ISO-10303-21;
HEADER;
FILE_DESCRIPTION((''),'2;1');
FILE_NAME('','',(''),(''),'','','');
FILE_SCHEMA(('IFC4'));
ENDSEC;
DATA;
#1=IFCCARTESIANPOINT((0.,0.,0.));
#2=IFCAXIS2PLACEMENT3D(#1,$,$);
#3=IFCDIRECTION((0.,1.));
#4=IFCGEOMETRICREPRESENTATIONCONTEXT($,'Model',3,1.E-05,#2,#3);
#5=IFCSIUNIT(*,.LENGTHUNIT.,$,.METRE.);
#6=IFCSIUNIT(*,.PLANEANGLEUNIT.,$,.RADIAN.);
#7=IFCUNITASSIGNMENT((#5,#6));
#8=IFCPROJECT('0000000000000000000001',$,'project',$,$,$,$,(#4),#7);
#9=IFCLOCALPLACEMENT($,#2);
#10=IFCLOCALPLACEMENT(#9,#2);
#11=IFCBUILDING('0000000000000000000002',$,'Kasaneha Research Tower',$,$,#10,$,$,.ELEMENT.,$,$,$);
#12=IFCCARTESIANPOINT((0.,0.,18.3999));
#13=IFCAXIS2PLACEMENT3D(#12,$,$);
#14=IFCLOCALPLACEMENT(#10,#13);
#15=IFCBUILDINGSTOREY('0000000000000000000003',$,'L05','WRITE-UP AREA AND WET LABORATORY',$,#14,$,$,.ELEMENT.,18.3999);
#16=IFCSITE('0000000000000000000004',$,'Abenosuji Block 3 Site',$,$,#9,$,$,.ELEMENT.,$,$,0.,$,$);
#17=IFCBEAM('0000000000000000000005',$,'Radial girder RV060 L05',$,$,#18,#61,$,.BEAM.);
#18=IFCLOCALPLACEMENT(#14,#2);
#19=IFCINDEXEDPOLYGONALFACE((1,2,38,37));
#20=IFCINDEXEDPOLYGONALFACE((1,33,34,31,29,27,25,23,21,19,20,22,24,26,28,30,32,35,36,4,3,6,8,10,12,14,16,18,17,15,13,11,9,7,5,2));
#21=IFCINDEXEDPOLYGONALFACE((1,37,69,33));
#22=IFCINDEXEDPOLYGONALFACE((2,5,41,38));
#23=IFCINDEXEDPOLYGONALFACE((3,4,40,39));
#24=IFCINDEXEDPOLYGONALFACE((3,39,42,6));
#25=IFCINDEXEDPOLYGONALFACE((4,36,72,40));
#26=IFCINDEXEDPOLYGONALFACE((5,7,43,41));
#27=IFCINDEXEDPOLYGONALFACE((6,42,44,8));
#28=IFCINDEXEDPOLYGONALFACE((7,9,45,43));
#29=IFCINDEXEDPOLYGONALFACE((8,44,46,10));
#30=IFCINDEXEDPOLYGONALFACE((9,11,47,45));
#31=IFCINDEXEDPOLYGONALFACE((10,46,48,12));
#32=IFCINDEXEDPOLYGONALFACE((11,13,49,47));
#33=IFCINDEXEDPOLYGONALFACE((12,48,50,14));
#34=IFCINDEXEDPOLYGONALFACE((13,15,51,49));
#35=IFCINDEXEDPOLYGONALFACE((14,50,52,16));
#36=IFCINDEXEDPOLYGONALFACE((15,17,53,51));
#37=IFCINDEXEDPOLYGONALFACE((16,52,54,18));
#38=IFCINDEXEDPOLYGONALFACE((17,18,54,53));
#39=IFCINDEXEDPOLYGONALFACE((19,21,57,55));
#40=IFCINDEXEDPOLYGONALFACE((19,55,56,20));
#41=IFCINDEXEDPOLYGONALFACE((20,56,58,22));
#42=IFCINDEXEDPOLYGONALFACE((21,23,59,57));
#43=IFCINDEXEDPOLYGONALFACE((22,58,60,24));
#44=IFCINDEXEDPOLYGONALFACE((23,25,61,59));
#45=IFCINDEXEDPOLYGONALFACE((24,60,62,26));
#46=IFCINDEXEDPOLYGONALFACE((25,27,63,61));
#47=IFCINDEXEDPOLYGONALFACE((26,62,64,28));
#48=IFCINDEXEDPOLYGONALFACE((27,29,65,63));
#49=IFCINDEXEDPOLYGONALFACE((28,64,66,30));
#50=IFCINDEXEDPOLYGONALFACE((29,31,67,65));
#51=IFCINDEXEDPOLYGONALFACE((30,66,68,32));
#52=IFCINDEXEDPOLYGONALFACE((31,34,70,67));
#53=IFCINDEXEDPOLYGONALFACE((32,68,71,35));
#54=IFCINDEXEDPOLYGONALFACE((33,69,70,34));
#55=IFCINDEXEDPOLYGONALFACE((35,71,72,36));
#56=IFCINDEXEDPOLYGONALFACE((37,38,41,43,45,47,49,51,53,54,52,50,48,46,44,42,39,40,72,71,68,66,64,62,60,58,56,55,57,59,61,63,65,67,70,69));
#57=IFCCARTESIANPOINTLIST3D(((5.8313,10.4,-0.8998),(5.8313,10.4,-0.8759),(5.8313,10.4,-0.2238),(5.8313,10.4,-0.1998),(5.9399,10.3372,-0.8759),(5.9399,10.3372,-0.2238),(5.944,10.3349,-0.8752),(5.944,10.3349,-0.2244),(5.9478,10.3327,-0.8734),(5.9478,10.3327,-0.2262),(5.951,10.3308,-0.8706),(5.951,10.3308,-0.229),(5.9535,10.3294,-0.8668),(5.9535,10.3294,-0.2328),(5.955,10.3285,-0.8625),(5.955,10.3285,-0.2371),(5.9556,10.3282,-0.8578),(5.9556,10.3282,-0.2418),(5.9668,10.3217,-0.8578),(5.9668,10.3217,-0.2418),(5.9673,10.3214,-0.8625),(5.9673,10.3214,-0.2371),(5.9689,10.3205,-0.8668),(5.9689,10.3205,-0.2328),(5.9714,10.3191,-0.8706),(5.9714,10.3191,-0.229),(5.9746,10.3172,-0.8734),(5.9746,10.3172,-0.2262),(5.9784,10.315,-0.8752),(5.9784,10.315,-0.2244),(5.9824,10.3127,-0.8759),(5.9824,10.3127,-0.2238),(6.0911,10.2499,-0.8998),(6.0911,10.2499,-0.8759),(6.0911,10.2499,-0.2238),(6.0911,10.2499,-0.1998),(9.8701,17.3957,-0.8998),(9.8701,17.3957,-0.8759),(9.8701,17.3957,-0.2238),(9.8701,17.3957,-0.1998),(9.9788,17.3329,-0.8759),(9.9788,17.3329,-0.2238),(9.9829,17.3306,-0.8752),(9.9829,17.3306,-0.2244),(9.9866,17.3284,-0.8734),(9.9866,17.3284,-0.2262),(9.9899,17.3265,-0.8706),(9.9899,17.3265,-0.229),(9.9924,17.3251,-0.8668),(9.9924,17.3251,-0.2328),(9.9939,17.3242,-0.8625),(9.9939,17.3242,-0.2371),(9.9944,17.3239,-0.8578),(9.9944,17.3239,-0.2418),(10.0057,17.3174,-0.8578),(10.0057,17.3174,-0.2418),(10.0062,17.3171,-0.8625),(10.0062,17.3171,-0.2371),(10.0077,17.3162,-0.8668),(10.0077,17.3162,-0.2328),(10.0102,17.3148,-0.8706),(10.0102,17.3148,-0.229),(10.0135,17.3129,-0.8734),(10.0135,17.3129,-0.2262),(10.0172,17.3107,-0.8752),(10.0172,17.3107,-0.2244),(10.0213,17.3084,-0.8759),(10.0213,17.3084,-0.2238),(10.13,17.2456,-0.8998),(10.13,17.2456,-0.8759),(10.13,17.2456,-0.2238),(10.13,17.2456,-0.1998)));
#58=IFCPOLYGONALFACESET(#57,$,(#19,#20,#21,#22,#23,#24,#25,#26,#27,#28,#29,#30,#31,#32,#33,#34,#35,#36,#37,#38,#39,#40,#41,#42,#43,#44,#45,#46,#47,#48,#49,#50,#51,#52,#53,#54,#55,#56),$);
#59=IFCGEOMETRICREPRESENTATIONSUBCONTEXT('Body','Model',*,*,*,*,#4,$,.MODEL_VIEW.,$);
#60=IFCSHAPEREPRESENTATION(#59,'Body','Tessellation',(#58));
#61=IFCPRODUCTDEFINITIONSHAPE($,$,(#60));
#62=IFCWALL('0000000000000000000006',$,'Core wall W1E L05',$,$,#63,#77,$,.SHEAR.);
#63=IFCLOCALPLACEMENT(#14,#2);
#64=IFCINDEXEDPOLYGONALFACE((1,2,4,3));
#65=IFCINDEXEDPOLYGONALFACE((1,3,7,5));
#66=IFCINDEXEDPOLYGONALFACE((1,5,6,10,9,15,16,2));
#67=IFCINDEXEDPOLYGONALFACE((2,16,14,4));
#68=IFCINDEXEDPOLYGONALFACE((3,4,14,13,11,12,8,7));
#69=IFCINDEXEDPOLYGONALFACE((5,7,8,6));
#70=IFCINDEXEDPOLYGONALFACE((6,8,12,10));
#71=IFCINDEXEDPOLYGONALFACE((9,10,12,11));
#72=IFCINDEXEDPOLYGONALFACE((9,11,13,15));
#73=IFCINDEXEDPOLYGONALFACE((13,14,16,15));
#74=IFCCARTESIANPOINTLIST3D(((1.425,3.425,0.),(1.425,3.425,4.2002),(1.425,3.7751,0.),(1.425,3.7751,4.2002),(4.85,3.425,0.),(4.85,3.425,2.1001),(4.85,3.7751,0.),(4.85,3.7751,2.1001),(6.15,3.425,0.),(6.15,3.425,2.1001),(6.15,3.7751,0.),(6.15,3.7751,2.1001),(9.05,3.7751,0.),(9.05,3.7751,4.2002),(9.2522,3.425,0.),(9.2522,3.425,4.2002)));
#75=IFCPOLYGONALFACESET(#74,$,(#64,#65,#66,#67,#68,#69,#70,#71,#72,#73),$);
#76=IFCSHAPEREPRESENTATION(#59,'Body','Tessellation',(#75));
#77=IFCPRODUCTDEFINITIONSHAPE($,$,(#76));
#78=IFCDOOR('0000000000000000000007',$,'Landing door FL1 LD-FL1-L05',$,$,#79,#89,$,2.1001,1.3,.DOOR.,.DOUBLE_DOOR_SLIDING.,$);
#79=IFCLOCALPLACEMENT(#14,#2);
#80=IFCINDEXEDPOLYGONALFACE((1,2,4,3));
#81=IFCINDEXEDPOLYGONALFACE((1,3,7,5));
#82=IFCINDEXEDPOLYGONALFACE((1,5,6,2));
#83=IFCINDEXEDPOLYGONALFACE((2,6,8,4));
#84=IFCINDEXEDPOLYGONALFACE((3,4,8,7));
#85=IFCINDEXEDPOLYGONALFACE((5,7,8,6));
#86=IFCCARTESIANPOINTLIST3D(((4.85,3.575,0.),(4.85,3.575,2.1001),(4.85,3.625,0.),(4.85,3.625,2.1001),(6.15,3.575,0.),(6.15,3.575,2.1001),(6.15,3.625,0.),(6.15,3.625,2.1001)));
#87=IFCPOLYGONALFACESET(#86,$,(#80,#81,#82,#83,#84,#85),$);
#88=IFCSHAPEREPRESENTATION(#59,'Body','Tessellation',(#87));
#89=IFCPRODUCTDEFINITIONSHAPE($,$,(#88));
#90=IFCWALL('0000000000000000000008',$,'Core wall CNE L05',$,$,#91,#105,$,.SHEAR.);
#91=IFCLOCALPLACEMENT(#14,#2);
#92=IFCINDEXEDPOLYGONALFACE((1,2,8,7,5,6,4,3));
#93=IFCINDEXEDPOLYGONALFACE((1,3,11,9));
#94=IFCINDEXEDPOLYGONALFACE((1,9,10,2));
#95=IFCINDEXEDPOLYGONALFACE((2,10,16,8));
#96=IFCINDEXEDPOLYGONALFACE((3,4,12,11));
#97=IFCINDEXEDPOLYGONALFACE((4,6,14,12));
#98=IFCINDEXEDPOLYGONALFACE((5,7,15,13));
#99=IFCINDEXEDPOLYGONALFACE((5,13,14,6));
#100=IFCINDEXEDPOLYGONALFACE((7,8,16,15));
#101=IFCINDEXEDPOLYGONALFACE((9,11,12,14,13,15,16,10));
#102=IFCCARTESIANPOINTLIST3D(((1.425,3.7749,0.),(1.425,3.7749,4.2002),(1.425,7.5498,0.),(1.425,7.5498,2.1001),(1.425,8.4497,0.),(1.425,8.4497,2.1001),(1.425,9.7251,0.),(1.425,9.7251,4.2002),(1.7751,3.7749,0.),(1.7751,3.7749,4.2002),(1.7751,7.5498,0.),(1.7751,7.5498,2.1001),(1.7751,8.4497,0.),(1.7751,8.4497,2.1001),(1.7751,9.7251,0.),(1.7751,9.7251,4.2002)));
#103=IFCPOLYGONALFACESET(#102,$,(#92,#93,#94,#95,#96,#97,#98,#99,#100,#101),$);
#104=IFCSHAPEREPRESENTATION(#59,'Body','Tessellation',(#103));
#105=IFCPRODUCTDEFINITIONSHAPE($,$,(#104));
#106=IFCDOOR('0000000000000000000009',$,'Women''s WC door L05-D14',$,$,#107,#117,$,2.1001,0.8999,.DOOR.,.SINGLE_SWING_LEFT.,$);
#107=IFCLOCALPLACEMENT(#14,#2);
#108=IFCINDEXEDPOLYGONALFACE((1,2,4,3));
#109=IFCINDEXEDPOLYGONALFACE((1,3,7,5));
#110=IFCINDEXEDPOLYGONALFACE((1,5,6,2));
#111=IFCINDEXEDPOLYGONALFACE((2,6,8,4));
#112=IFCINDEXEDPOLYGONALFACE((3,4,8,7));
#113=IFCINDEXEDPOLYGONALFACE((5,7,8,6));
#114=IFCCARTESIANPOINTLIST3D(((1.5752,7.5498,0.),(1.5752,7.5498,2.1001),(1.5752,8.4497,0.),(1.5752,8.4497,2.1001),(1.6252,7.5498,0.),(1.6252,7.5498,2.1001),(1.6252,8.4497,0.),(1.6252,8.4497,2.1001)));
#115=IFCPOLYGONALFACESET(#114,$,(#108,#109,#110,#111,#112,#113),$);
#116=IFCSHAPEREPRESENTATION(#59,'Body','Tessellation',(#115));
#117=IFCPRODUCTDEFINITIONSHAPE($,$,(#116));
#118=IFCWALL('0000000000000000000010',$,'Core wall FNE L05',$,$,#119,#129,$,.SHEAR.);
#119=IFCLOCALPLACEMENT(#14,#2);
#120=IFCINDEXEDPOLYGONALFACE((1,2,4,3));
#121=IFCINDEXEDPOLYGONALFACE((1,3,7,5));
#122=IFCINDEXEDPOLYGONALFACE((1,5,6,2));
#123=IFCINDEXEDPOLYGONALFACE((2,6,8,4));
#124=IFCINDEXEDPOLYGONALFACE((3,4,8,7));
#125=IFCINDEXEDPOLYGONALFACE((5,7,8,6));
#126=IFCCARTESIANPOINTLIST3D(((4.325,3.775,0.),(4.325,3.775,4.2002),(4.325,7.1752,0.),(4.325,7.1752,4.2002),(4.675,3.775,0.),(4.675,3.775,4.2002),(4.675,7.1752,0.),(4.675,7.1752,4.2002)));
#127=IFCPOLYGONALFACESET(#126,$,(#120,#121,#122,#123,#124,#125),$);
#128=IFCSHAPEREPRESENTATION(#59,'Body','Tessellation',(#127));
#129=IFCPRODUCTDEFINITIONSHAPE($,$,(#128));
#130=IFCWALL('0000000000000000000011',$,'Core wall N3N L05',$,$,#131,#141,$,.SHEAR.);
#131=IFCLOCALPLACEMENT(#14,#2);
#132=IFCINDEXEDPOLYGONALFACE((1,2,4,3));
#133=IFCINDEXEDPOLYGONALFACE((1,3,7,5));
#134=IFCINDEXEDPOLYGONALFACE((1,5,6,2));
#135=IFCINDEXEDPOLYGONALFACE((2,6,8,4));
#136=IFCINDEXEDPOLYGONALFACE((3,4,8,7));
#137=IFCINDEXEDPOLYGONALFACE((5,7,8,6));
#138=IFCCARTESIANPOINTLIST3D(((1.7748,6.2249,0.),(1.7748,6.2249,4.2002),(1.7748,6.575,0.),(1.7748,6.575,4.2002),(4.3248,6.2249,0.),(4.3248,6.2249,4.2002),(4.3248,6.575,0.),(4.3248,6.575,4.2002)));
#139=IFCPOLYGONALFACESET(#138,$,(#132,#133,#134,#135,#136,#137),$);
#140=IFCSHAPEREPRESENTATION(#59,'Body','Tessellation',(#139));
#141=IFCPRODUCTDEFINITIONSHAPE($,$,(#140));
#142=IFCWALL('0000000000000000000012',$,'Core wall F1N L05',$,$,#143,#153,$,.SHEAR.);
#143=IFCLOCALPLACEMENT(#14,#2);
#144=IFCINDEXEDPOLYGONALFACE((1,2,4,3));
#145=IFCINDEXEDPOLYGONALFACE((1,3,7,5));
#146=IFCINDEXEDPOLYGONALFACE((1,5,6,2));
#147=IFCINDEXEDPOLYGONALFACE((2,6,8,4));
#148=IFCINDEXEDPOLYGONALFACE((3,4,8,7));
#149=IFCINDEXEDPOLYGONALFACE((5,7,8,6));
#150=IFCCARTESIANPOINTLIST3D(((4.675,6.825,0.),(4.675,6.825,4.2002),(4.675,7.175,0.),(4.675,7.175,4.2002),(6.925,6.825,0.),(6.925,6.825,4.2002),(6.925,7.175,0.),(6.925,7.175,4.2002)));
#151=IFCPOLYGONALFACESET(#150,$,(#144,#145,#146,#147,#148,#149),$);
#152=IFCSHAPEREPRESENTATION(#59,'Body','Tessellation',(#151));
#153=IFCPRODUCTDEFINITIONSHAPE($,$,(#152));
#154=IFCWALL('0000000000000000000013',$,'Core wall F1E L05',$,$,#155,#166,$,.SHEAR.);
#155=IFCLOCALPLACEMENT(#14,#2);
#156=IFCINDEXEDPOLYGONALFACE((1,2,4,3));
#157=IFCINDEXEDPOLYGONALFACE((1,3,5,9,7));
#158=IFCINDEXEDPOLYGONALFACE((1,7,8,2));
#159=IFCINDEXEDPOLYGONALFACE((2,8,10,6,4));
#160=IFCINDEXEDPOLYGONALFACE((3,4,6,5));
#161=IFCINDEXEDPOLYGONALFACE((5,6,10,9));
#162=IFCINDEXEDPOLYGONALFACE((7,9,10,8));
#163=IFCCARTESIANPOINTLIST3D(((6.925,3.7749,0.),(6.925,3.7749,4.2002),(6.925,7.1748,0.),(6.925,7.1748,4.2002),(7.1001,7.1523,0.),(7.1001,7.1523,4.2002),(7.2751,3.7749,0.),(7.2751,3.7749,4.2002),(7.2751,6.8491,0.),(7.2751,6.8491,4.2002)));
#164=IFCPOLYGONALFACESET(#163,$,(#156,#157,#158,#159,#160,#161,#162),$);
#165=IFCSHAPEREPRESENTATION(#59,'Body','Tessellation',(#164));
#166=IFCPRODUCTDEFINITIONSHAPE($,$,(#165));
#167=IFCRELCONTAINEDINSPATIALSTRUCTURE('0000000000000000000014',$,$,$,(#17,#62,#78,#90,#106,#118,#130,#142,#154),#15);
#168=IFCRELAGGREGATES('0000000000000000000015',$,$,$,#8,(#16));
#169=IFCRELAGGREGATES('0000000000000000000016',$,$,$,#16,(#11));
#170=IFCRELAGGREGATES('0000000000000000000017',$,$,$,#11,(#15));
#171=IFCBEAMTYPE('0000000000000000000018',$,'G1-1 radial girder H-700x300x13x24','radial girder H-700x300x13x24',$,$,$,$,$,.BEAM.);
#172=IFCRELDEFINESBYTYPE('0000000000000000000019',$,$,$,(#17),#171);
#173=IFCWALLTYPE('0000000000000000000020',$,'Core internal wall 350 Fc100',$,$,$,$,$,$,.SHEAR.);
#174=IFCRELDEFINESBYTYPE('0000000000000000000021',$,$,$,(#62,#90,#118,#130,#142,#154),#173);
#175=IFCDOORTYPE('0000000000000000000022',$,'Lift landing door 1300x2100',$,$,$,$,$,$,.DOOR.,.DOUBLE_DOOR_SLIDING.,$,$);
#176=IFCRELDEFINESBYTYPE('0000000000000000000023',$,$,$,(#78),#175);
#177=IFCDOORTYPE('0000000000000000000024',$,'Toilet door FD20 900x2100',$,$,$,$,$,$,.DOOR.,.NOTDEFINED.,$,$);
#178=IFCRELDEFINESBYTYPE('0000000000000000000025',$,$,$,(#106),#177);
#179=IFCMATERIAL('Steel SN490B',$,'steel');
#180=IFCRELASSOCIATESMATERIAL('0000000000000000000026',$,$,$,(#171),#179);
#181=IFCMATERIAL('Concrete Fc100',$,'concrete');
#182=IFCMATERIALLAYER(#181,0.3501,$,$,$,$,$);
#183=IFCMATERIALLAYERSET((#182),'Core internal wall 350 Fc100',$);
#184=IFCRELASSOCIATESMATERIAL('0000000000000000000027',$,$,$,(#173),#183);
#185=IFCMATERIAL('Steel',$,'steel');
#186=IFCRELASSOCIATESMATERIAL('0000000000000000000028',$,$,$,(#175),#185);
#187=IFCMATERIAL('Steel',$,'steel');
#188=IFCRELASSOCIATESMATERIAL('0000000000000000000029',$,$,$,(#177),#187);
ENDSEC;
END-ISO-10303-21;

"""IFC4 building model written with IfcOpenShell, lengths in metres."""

from ifc_helpers import new_model, si_unit, direction, frame, frame_2d, origin, origin_2d, place, context, subcontext, project, spatial, polyline, rectangle, i_section, outline, extrude, material, layer, layer_set, material_profile, profile_set, type_object, element, fill, save


model = new_model("IFC4")

# Units and contexts
model_context = context("Model", 3, precision=1e-05, world=origin(), true_north=direction((0.0, 1.0)))
body_context = subcontext(model_context, "Body", "Model", "MODEL_VIEW")
ifc_project = project(units=[si_unit("LENGTHUNIT", "METRE"), si_unit("PLANEANGLEUNIT", "RADIAN")], contexts=[model_context])

# Site, building, storey
site_placement = place(None, origin())
site = spatial("IfcSite", under=ifc_project, at=site_placement, Name="Abenosuji Block 3 Site", CompositionType="ELEMENT", RefElevation=0.0)
building_placement = place(site_placement, origin())
building = spatial("IfcBuilding", under=site, at=building_placement, Name="Kasaneha Research Tower", CompositionType="ELEMENT")
storey_placement = place(building_placement, frame((0.0, 0.0, 18.3999)))
storey = spatial("IfcBuildingStorey", under=building, at=storey_placement, Name="L05", Description="WRITE-UP AREA AND WET LABORATORY", CompositionType="ELEMENT", Elevation=18.3999)

# Beam
ifc_material_1 = material(Name="Steel SN490B", Category="steel")
ifc_material_profile = material_profile(ifc_material_1, i_section(OverallWidth=0.3, OverallDepth=0.7, WebThickness=0.0129, FlangeThickness=0.0239, FilletRadius=0.0181, at=origin_2d()), Name="H-700x300x13x24")
ifc_profile_set = profile_set([ifc_material_profile], Name="Steel SN490B")
beam_type = type_object("IfcBeamType", Name="G1-1 radial girder H-700x300x13x24", Description="radial girder H-700x300x13x24", PredefinedType="BEAM", material=ifc_profile_set)
beam_placement = place(storey_placement, frame((5.9612, 10.325, -0.5498), z_axis=(0.499991, 0.866031, 0.0), x_axis=(-0.866031, 0.499991, 0.0)))
element("IfcBeam", 1, at=beam_placement, inside=storey, type_object=beam_type, Name="Radial girder RV060 L05", PredefinedType="BEAM", context=body_context, shape_type="SweptSolid", body=[
    extrude(i_section(OverallWidth=0.3, OverallDepth=0.7, WebThickness=0.0129, FlangeThickness=0.0239, FilletRadius=0.0181, at=origin_2d()), origin(), (0.0, 0.0, 1.0), 8.0779),
])

# Walls, openings, doors
ifc_material_2 = material(Name="Concrete Fc100", Category="concrete")
ifc_layer_1 = layer(ifc_material_2, 0.3501)
ifc_layer_set_1 = layer_set([ifc_layer_1], Name="Core internal wall 350 Fc100")
wall_type_1 = type_object("IfcWallType", Name="Core internal wall 350 Fc100", PredefinedType="SHEAR", material=ifc_layer_set_1)
wall_1_placement = place(storey_placement, frame((1.425, 3.6001, 0.0), z_axis=(0.0, 0.0, 1.0), x_axis=(1.0, 0.0, 0.0)))
wall_1 = element("IfcWall", 2, at=wall_1_placement, inside=storey, type_object=wall_type_1, Name="Core wall W1E L05", PredefinedType="SHEAR", context=body_context, shape_type="SweptSolid", body=[
    extrude(outline(polyline([(0.0, -0.175), (3.425, -0.175), (4.7251, -0.175), (7.8271, -0.175), (7.625, 0.175), (4.7251, 0.175), (3.425, 0.175), (0.0, 0.175), (0.0, -0.175)])), origin(), (0.0, 0.0, 1.0), 4.2002),
])
opening_1_placement = place(wall_1_placement, frame((3.425, 0.0, 0.0)))
opening_1 = element("IfcOpeningElement", 3, at=opening_1_placement, cuts=wall_1, PredefinedType="OPENING", context=body_context, shape_type="SweptSolid", body=[
    extrude(rectangle(XDim=1.3, YDim=2.1001, at=frame_2d((0.6499, 1.05))), frame((0.0, 0.1851, 0.0), z_axis=(0.0, -1.0, 0.0), x_axis=(1.0, 0.0, 0.0)), (0.0, 0.0, 1.0), 0.3701),
])
ifc_material_3 = material(Name="Steel", Category="steel")
door_type_1 = type_object("IfcDoorType", Name="Lift landing door 1300x2100", OperationType="DOUBLE_DOOR_SLIDING", PredefinedType="DOOR", material=ifc_material_3)
door_1_placement = place(opening_1_placement, origin())
door_1 = element("IfcDoor", 4, at=door_1_placement, inside=storey, type_object=door_type_1, Name="Landing door FL1 LD-FL1-L05", OperationType="DOUBLE_DOOR_SLIDING", OverallHeight=2.1001, OverallWidth=1.3, PredefinedType="DOOR", context=body_context, shape_type="SweptSolid", body=[
    extrude(rectangle(XDim=1.3, YDim=2.1001, at=frame_2d((0.6499, 1.05))), frame((0.0, 0.0249, 0.0), z_axis=(0.0, -1.0, 0.0), x_axis=(1.0, 0.0, 0.0)), (0.0, 0.0, 1.0), 0.05),
])
fill(opening_1, door_1)
wall_2_placement = place(storey_placement, frame((1.6001, 3.7749, 0.0), z_axis=(0.0, 0.0, 1.0), x_axis=(0.0, 1.0, 0.0)))
wall_2 = element("IfcWall", 5, at=wall_2_placement, inside=storey, type_object=wall_type_1, Name="Core wall CNE L05", PredefinedType="SHEAR", context=body_context, shape_type="SweptSolid", body=[
    extrude(rectangle(XDim=5.9502, YDim=0.3501, at=frame_2d((2.9751, 0.0))), origin(), (0.0, 0.0, 1.0), 4.2002),
])
opening_2_placement = place(wall_2_placement, frame((3.7749, 0.0, 0.0)))
opening_2 = element("IfcOpeningElement", 6, at=opening_2_placement, cuts=wall_2, PredefinedType="OPENING", context=body_context, shape_type="SweptSolid", body=[
    extrude(rectangle(XDim=0.8999, YDim=2.1001, at=frame_2d((0.45, 1.05))), frame((0.0, 0.1851, 0.0), z_axis=(0.0, -1.0, 0.0), x_axis=(1.0, 0.0, 0.0)), (0.0, 0.0, 1.0), 0.3701),
])
ifc_material_4 = material(Name="Steel", Category="steel")
door_type_2 = type_object("IfcDoorType", Name="Toilet door FD20 900x2100", OperationType="NOTDEFINED", PredefinedType="DOOR", material=ifc_material_4)
door_2_placement = place(opening_2_placement, origin())
door_2 = element("IfcDoor", 7, at=door_2_placement, inside=storey, type_object=door_type_2, Name="Women's WC door L05-D14", OperationType="SINGLE_SWING_LEFT", OverallHeight=2.1001, OverallWidth=0.8999, PredefinedType="DOOR", context=body_context, shape_type="SweptSolid", body=[
    extrude(rectangle(XDim=0.8999, YDim=2.1001, at=frame_2d((0.45, 1.05))), frame((0.0, 0.0249, 0.0), z_axis=(0.0, -1.0, 0.0), x_axis=(1.0, 0.0, 0.0)), (0.0, 0.0, 1.0), 0.05),
])
fill(opening_2, door_2)

# Walls
wall_3_placement = place(storey_placement, frame((4.5, 3.7749, 0.0), z_axis=(0.0, 0.0, 1.0), x_axis=(0.0, 1.0, 0.0)))
element("IfcWall", 8, at=wall_3_placement, inside=storey, type_object=wall_type_1, Name="Core wall FNE L05", PredefinedType="SHEAR", context=body_context, shape_type="SweptSolid", body=[
    extrude(rectangle(XDim=3.4001, YDim=0.3501, at=frame_2d((1.7002, 0.0))), origin(), (0.0, 0.0, 1.0), 4.2002),
])
wall_4_placement = place(storey_placement, frame((1.7749, 6.3999, 0.0), z_axis=(0.0, 0.0, 1.0), x_axis=(1.0, 0.0, 0.0)))
element("IfcWall", 9, at=wall_4_placement, inside=storey, type_object=wall_type_1, Name="Core wall N3N L05", PredefinedType="SHEAR", context=body_context, shape_type="SweptSolid", body=[
    extrude(rectangle(XDim=2.55, YDim=0.3501, at=frame_2d((1.2749, 0.0))), origin(), (0.0, 0.0, 1.0), 4.2002),
])
wall_5_placement = place(storey_placement, frame((4.675, 7.0, 0.0), z_axis=(0.0, 0.0, 1.0), x_axis=(1.0, 0.0, 0.0)))
element("IfcWall", 10, at=wall_5_placement, inside=storey, type_object=wall_type_1, Name="Core wall F1N L05", PredefinedType="SHEAR", context=body_context, shape_type="SweptSolid", body=[
    extrude(rectangle(XDim=2.25, YDim=0.3501, at=frame_2d((1.125, 0.0))), origin(), (0.0, 0.0, 1.0), 4.2002),
])
wall_6_placement = place(storey_placement, frame((7.1001, 3.7749, 0.0), z_axis=(0.0, 0.0, 1.0), x_axis=(0.0, 1.0, 0.0)))
element("IfcWall", 11, at=wall_6_placement, inside=storey, type_object=wall_type_1, Name="Core wall F1E L05", PredefinedType="SHEAR", context=body_context, shape_type="SweptSolid", body=[
    extrude(outline(polyline([(0.0, -0.175), (3.0742, -0.175), (3.3774, 0.0), (3.3999, 0.175), (0.0, 0.175), (0.0, -0.175)])), origin(), (0.0, 0.0, 1.0), 4.2002),
])

save(model, "model.ifc")
